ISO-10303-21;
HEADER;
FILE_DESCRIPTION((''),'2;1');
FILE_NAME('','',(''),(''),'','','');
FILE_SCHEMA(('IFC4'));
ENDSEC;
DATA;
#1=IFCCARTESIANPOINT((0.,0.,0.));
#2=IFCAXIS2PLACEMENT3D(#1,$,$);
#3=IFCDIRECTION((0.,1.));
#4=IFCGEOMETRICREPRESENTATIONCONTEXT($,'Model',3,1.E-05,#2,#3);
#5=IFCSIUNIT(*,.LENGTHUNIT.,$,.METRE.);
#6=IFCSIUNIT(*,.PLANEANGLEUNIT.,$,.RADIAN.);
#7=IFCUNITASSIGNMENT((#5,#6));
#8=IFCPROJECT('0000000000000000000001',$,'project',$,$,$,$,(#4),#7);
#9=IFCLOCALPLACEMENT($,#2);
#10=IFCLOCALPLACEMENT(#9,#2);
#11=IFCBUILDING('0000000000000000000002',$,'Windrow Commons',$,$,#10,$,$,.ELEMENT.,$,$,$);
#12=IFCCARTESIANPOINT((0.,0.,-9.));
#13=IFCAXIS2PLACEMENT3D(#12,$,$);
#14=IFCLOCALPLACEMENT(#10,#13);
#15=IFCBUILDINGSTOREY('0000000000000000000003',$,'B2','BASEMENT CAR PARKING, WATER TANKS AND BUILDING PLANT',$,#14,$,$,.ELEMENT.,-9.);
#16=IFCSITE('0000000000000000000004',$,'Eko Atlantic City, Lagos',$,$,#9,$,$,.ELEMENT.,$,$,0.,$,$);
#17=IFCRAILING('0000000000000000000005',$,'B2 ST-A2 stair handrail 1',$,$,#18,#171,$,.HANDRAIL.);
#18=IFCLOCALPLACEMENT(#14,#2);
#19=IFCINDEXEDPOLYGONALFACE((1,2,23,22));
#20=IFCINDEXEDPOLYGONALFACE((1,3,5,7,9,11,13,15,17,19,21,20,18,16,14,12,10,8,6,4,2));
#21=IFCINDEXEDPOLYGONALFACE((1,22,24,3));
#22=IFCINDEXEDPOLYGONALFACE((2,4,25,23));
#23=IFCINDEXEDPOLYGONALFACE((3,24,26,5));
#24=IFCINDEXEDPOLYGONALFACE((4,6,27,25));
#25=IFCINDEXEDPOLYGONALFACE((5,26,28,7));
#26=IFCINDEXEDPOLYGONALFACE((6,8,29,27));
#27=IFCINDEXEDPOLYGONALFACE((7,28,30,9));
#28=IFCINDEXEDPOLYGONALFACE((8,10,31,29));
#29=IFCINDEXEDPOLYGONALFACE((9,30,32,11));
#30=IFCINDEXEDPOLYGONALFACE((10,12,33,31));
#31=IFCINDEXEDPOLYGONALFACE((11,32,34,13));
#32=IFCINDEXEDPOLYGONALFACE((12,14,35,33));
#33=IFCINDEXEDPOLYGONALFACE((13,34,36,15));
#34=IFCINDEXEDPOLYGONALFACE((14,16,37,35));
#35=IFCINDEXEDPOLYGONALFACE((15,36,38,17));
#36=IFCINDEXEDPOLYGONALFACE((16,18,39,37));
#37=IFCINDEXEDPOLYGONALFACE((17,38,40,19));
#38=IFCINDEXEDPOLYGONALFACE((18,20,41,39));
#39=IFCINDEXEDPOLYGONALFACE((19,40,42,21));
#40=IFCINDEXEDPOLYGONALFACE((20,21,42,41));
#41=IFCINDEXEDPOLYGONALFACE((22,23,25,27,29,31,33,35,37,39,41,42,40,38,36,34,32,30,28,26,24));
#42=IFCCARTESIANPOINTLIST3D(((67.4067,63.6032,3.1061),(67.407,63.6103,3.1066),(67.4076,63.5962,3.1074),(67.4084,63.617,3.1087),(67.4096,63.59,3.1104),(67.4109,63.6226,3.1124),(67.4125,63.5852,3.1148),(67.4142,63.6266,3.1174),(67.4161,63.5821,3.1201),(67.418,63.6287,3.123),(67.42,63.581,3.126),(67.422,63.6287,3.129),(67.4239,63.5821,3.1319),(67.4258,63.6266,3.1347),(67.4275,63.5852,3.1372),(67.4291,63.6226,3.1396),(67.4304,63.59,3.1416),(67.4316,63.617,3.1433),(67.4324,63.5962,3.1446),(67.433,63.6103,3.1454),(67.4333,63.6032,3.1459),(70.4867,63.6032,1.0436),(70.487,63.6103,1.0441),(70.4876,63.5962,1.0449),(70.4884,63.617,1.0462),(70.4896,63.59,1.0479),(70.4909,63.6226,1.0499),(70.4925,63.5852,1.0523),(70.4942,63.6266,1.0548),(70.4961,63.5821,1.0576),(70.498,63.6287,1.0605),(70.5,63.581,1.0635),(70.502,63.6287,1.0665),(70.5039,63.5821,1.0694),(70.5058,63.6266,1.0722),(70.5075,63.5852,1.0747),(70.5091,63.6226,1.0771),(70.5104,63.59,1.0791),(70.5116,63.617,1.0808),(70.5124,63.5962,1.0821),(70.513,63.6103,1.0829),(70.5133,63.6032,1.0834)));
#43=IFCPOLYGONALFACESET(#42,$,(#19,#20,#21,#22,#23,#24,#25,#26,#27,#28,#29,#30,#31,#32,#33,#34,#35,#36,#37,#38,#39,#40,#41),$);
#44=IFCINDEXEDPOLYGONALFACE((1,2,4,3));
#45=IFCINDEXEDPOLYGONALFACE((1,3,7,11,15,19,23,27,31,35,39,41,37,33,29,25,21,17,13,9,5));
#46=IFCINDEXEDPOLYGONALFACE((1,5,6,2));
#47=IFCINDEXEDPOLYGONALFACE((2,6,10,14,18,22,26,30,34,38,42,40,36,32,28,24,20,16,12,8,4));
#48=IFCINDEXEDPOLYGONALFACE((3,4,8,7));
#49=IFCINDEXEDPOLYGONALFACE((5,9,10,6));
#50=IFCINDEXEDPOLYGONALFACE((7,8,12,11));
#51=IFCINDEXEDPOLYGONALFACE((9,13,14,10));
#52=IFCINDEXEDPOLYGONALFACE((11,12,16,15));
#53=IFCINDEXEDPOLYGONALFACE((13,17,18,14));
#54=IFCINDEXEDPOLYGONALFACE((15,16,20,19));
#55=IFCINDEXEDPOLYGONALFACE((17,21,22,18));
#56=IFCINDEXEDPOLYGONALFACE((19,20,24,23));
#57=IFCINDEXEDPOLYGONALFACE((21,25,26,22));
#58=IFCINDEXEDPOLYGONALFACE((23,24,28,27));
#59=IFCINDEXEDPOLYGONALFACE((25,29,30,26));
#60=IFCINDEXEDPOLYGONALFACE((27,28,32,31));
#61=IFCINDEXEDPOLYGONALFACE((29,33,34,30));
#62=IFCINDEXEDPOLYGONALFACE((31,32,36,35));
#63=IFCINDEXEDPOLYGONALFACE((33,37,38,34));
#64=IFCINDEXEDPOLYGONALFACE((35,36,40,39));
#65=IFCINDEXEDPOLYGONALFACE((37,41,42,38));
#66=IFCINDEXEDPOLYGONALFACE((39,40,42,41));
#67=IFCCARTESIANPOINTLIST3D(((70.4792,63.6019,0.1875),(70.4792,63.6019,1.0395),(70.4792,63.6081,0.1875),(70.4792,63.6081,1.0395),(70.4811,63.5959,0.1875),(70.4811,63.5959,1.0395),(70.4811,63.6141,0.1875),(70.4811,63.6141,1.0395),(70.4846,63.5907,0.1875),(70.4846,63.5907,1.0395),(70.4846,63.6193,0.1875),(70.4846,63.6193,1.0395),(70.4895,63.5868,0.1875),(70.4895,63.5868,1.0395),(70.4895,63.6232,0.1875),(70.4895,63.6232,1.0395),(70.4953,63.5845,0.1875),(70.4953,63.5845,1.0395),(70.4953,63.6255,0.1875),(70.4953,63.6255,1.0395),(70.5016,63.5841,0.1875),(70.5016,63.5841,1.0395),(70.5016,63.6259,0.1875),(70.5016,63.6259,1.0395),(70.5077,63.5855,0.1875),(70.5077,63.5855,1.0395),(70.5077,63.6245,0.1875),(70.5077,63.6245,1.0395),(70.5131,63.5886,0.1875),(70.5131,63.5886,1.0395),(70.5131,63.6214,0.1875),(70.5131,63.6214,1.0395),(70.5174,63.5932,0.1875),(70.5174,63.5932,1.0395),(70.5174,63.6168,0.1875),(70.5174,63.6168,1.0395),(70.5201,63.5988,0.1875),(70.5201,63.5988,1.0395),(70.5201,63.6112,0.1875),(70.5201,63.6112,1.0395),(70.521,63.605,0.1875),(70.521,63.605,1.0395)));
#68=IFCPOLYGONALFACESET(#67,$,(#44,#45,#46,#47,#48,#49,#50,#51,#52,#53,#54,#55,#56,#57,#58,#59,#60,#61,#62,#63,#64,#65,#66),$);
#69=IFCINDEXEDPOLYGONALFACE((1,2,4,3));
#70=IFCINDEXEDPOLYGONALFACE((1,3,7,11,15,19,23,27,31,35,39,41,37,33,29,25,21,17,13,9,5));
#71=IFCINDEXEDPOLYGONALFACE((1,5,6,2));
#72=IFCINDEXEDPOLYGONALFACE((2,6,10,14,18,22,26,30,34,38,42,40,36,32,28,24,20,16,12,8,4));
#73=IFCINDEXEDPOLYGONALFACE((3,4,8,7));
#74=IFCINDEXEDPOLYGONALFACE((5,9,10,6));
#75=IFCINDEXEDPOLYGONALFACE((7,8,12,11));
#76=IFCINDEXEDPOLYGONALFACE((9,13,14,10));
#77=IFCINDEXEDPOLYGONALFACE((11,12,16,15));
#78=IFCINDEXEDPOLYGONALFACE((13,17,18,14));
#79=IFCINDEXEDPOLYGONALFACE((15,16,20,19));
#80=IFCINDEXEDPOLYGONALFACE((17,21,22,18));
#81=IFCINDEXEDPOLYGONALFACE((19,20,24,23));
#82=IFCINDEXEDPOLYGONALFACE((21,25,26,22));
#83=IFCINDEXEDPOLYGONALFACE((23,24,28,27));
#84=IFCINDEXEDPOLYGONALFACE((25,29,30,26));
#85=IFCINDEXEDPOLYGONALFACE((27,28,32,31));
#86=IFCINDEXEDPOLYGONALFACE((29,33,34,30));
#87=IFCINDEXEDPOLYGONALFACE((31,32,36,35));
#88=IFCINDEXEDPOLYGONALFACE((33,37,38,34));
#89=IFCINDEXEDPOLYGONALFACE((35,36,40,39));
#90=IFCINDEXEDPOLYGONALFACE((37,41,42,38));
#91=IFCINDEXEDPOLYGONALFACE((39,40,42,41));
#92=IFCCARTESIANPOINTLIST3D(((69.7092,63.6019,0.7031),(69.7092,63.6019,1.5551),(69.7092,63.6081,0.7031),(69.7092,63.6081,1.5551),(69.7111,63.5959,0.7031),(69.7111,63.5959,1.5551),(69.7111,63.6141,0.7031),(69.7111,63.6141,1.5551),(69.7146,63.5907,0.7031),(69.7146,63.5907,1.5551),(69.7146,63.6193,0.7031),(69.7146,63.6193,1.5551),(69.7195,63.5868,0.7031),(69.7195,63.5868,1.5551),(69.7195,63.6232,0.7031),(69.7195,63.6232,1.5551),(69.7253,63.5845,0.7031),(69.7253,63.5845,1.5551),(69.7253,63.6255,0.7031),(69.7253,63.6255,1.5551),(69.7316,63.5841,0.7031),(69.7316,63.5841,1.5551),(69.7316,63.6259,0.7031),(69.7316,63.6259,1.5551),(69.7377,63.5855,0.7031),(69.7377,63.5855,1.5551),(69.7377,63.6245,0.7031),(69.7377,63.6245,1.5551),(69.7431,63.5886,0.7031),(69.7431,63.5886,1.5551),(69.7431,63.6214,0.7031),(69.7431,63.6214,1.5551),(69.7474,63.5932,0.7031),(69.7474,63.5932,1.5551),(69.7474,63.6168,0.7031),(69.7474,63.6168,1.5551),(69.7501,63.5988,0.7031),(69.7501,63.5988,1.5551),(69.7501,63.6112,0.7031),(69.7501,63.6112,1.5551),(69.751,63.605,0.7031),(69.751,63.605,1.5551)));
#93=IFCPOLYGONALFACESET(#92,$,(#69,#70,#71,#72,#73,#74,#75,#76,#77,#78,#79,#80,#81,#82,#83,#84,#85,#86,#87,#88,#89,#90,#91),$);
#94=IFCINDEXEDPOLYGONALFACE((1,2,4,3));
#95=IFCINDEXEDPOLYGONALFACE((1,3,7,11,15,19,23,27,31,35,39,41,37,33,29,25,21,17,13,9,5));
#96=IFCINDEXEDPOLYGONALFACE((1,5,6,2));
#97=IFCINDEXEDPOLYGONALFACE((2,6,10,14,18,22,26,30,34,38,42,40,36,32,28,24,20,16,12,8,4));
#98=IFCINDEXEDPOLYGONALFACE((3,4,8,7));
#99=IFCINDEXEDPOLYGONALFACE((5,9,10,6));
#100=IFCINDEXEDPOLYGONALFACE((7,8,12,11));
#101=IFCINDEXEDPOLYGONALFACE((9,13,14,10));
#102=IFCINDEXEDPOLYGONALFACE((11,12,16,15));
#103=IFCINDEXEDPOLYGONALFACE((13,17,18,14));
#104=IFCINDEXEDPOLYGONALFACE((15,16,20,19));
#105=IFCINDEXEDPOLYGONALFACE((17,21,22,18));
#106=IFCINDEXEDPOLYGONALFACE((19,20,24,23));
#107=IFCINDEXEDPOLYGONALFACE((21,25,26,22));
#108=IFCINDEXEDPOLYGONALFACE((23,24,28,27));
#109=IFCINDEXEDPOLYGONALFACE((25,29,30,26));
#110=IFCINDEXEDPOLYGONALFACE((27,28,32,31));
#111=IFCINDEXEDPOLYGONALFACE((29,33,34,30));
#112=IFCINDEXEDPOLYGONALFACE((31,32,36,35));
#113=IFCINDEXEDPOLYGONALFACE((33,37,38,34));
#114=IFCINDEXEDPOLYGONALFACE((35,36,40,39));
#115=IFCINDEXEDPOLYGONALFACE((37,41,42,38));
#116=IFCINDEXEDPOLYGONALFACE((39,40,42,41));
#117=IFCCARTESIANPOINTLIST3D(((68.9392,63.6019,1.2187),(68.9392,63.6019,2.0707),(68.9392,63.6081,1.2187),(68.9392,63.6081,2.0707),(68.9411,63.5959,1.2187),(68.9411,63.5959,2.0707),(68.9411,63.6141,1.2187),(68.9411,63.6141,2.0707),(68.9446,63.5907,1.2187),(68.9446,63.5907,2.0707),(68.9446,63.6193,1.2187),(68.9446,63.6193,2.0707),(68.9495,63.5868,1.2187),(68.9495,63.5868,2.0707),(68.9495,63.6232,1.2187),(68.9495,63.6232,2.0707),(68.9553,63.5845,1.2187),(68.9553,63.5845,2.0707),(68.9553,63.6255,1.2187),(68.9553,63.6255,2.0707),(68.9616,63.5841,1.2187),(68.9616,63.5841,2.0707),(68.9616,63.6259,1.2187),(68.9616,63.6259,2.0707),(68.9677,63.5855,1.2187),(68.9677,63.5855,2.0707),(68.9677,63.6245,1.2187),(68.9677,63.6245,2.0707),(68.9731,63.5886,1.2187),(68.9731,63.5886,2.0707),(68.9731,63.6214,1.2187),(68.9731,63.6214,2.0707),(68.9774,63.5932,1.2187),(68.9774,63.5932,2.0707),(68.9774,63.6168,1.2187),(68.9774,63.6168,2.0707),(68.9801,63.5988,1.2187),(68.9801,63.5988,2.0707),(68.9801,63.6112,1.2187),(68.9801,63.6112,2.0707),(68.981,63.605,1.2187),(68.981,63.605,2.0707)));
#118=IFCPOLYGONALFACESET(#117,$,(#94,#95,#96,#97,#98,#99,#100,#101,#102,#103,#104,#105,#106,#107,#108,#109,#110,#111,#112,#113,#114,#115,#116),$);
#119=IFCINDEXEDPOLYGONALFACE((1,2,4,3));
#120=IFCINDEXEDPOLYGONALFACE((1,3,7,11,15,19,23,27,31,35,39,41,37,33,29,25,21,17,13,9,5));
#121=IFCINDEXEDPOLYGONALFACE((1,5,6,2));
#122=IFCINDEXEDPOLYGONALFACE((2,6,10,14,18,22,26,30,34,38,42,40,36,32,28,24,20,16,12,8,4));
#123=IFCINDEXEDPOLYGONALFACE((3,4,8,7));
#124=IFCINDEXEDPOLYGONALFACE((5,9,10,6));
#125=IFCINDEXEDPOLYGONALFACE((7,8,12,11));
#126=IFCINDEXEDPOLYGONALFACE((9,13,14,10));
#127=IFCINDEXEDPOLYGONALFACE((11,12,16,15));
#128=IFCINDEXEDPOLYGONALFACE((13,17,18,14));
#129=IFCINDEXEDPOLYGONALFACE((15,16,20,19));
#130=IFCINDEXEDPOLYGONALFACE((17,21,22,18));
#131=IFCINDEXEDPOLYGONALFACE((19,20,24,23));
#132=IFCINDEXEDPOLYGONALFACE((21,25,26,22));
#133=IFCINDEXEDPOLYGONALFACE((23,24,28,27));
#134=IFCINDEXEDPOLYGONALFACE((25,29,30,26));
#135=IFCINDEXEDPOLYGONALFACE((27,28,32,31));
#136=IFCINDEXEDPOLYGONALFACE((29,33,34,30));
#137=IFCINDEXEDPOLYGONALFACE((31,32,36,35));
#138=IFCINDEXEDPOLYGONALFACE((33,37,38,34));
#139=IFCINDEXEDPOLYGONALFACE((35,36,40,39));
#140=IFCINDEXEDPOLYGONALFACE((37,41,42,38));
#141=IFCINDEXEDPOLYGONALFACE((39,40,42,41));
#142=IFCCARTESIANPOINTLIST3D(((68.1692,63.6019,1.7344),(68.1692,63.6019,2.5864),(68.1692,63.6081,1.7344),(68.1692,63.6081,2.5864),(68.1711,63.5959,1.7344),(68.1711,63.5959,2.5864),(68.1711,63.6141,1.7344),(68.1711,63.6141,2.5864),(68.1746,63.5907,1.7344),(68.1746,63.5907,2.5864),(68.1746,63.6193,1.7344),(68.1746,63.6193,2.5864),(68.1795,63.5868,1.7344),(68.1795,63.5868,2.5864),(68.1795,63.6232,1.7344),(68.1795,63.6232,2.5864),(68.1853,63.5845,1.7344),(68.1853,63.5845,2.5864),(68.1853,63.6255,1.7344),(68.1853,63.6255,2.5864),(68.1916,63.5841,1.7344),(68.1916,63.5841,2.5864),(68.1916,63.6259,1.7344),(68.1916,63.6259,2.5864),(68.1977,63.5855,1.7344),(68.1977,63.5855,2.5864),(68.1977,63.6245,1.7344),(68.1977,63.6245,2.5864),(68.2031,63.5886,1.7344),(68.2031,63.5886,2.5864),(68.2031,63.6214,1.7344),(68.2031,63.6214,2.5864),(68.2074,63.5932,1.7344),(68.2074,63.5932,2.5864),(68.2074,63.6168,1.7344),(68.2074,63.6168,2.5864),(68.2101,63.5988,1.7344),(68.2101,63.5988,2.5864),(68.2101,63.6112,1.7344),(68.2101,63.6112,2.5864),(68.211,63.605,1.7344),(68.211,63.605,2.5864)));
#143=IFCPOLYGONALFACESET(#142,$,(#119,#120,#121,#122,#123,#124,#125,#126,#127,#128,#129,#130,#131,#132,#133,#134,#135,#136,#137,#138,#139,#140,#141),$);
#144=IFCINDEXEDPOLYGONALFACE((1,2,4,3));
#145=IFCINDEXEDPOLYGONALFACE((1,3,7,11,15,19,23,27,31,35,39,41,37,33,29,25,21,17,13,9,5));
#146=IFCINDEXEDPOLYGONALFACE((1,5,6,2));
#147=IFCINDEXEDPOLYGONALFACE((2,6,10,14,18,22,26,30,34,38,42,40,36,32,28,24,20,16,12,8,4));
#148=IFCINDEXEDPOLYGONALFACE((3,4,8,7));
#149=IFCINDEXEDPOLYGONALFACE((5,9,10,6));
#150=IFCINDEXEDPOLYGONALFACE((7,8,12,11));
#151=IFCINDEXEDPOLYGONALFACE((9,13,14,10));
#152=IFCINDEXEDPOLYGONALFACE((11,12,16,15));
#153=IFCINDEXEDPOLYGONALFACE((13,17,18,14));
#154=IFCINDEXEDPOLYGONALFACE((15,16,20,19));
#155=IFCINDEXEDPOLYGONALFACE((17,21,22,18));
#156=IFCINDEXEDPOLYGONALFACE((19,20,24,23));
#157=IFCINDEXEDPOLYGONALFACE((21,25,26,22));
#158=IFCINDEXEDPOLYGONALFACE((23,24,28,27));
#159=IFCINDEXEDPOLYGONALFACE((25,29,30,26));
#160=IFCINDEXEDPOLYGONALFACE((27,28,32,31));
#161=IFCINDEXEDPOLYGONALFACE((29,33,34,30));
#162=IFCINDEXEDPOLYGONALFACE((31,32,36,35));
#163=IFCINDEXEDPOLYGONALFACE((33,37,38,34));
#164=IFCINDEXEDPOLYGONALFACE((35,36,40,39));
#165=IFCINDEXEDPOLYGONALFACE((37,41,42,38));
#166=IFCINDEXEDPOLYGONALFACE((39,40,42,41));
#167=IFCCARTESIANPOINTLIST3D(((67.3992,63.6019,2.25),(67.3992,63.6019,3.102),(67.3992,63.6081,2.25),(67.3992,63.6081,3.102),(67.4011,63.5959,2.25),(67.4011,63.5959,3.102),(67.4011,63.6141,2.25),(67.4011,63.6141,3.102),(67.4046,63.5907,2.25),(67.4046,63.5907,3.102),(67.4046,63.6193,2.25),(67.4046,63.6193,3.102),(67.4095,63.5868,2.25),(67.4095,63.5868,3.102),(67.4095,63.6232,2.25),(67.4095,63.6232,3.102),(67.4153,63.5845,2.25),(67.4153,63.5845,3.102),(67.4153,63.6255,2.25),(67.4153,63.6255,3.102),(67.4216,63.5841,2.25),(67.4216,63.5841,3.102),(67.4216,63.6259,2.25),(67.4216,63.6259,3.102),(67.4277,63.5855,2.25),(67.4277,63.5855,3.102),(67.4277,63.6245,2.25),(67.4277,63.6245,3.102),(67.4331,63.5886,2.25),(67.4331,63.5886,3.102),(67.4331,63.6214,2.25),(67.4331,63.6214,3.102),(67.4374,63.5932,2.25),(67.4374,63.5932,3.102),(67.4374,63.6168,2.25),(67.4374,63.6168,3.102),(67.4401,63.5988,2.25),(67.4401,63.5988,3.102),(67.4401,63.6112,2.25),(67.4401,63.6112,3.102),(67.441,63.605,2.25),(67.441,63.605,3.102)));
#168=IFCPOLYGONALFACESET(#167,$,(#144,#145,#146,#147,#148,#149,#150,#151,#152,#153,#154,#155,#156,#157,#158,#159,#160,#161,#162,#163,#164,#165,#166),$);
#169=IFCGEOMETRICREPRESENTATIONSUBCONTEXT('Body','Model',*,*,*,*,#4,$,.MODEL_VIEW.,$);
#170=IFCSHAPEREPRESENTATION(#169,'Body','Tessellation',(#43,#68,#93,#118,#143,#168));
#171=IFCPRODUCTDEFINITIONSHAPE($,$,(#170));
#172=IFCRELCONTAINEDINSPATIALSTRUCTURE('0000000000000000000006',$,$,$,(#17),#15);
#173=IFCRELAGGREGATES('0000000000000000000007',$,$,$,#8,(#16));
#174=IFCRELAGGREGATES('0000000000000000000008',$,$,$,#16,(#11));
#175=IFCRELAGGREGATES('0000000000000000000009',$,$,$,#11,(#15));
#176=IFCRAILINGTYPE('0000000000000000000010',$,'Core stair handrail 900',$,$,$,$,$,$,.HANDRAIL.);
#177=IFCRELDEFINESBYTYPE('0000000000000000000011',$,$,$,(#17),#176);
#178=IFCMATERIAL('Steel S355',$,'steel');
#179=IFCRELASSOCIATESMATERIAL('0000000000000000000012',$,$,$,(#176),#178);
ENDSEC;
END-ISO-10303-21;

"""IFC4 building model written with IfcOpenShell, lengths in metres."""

from ifc_helpers import new_model, si_unit, direction, frame, origin, origin_2d, place, context, subcontext, project, spatial, circle, extrude, material, type_object, element, save


model = new_model("IFC4")

# Units and contexts
model_context = context("Model", 3, precision=1e-05, world=origin(), true_north=direction((0.0, 1.0)))
body_context = subcontext(model_context, "Body", "Model", "MODEL_VIEW")
ifc_project = project(units=[si_unit("LENGTHUNIT", "METRE"), si_unit("PLANEANGLEUNIT", "RADIAN")], contexts=[model_context])

# Site, building, storey
site_placement = place(None, origin())
site = spatial("IfcSite", under=ifc_project, at=site_placement, Name="Eko Atlantic City, Lagos", CompositionType="ELEMENT", RefElevation=0.0)
building_placement = place(site_placement, origin())
building = spatial("IfcBuilding", under=site, at=building_placement, Name="Windrow Commons", CompositionType="ELEMENT")
storey_placement = place(building_placement, frame((0.0, 0.0, -9.0)))
storey = spatial("IfcBuildingStorey", under=building, at=storey_placement, Name="B2", Description="BASEMENT CAR PARKING, WATER TANKS AND BUILDING PLANT", CompositionType="ELEMENT", Elevation=-9.0)

# Railing
ifc_material_1 = material(Name="Steel S355", Category="steel")
railing_type_1 = type_object("IfcRailingType", Name="Core stair handrail 900", PredefinedType="HANDRAIL", material=ifc_material_1)
for number, where, name in (
    (1, (70.5, 63.605, 0.1875), "B2 ST-A2 stair handrail 1"),
):
    element("IfcRailing", number, at=place(storey_placement, frame(where)), inside=storey, type_object=railing_type_1, Name=name, PredefinedType="HANDRAIL", context=body_context, shape_type="SweptSolid", body=[
        extrude(circle(Radius=0.024, at=origin_2d()), frame((0.0, 0.0, 0.876), z_axis=(-0.830907, 0.0, 0.556411), x_axis=(0.0, -1.0, 0.0)), (0.0, 0.0, 1.0), 3.7068),
        extrude(circle(Radius=0.021, at=origin_2d()), origin(), (0.0, 0.0, 1.0), 0.852),
        extrude(circle(Radius=0.021, at=origin_2d()), frame((-0.77, 0.0, 0.5156)), (0.0, 0.0, 1.0), 0.852),
        extrude(circle(Radius=0.021, at=origin_2d()), frame((-1.54, 0.0, 1.0312)), (0.0, 0.0, 1.0), 0.852),
        extrude(circle(Radius=0.021, at=origin_2d()), frame((-2.31, 0.0, 1.5469)), (0.0, 0.0, 1.0), 0.852),
        extrude(circle(Radius=0.021, at=origin_2d()), frame((-3.08, 0.0, 2.0625)), (0.0, 0.0, 1.0), 0.852),
    ])

save(model, "model.ifc")
